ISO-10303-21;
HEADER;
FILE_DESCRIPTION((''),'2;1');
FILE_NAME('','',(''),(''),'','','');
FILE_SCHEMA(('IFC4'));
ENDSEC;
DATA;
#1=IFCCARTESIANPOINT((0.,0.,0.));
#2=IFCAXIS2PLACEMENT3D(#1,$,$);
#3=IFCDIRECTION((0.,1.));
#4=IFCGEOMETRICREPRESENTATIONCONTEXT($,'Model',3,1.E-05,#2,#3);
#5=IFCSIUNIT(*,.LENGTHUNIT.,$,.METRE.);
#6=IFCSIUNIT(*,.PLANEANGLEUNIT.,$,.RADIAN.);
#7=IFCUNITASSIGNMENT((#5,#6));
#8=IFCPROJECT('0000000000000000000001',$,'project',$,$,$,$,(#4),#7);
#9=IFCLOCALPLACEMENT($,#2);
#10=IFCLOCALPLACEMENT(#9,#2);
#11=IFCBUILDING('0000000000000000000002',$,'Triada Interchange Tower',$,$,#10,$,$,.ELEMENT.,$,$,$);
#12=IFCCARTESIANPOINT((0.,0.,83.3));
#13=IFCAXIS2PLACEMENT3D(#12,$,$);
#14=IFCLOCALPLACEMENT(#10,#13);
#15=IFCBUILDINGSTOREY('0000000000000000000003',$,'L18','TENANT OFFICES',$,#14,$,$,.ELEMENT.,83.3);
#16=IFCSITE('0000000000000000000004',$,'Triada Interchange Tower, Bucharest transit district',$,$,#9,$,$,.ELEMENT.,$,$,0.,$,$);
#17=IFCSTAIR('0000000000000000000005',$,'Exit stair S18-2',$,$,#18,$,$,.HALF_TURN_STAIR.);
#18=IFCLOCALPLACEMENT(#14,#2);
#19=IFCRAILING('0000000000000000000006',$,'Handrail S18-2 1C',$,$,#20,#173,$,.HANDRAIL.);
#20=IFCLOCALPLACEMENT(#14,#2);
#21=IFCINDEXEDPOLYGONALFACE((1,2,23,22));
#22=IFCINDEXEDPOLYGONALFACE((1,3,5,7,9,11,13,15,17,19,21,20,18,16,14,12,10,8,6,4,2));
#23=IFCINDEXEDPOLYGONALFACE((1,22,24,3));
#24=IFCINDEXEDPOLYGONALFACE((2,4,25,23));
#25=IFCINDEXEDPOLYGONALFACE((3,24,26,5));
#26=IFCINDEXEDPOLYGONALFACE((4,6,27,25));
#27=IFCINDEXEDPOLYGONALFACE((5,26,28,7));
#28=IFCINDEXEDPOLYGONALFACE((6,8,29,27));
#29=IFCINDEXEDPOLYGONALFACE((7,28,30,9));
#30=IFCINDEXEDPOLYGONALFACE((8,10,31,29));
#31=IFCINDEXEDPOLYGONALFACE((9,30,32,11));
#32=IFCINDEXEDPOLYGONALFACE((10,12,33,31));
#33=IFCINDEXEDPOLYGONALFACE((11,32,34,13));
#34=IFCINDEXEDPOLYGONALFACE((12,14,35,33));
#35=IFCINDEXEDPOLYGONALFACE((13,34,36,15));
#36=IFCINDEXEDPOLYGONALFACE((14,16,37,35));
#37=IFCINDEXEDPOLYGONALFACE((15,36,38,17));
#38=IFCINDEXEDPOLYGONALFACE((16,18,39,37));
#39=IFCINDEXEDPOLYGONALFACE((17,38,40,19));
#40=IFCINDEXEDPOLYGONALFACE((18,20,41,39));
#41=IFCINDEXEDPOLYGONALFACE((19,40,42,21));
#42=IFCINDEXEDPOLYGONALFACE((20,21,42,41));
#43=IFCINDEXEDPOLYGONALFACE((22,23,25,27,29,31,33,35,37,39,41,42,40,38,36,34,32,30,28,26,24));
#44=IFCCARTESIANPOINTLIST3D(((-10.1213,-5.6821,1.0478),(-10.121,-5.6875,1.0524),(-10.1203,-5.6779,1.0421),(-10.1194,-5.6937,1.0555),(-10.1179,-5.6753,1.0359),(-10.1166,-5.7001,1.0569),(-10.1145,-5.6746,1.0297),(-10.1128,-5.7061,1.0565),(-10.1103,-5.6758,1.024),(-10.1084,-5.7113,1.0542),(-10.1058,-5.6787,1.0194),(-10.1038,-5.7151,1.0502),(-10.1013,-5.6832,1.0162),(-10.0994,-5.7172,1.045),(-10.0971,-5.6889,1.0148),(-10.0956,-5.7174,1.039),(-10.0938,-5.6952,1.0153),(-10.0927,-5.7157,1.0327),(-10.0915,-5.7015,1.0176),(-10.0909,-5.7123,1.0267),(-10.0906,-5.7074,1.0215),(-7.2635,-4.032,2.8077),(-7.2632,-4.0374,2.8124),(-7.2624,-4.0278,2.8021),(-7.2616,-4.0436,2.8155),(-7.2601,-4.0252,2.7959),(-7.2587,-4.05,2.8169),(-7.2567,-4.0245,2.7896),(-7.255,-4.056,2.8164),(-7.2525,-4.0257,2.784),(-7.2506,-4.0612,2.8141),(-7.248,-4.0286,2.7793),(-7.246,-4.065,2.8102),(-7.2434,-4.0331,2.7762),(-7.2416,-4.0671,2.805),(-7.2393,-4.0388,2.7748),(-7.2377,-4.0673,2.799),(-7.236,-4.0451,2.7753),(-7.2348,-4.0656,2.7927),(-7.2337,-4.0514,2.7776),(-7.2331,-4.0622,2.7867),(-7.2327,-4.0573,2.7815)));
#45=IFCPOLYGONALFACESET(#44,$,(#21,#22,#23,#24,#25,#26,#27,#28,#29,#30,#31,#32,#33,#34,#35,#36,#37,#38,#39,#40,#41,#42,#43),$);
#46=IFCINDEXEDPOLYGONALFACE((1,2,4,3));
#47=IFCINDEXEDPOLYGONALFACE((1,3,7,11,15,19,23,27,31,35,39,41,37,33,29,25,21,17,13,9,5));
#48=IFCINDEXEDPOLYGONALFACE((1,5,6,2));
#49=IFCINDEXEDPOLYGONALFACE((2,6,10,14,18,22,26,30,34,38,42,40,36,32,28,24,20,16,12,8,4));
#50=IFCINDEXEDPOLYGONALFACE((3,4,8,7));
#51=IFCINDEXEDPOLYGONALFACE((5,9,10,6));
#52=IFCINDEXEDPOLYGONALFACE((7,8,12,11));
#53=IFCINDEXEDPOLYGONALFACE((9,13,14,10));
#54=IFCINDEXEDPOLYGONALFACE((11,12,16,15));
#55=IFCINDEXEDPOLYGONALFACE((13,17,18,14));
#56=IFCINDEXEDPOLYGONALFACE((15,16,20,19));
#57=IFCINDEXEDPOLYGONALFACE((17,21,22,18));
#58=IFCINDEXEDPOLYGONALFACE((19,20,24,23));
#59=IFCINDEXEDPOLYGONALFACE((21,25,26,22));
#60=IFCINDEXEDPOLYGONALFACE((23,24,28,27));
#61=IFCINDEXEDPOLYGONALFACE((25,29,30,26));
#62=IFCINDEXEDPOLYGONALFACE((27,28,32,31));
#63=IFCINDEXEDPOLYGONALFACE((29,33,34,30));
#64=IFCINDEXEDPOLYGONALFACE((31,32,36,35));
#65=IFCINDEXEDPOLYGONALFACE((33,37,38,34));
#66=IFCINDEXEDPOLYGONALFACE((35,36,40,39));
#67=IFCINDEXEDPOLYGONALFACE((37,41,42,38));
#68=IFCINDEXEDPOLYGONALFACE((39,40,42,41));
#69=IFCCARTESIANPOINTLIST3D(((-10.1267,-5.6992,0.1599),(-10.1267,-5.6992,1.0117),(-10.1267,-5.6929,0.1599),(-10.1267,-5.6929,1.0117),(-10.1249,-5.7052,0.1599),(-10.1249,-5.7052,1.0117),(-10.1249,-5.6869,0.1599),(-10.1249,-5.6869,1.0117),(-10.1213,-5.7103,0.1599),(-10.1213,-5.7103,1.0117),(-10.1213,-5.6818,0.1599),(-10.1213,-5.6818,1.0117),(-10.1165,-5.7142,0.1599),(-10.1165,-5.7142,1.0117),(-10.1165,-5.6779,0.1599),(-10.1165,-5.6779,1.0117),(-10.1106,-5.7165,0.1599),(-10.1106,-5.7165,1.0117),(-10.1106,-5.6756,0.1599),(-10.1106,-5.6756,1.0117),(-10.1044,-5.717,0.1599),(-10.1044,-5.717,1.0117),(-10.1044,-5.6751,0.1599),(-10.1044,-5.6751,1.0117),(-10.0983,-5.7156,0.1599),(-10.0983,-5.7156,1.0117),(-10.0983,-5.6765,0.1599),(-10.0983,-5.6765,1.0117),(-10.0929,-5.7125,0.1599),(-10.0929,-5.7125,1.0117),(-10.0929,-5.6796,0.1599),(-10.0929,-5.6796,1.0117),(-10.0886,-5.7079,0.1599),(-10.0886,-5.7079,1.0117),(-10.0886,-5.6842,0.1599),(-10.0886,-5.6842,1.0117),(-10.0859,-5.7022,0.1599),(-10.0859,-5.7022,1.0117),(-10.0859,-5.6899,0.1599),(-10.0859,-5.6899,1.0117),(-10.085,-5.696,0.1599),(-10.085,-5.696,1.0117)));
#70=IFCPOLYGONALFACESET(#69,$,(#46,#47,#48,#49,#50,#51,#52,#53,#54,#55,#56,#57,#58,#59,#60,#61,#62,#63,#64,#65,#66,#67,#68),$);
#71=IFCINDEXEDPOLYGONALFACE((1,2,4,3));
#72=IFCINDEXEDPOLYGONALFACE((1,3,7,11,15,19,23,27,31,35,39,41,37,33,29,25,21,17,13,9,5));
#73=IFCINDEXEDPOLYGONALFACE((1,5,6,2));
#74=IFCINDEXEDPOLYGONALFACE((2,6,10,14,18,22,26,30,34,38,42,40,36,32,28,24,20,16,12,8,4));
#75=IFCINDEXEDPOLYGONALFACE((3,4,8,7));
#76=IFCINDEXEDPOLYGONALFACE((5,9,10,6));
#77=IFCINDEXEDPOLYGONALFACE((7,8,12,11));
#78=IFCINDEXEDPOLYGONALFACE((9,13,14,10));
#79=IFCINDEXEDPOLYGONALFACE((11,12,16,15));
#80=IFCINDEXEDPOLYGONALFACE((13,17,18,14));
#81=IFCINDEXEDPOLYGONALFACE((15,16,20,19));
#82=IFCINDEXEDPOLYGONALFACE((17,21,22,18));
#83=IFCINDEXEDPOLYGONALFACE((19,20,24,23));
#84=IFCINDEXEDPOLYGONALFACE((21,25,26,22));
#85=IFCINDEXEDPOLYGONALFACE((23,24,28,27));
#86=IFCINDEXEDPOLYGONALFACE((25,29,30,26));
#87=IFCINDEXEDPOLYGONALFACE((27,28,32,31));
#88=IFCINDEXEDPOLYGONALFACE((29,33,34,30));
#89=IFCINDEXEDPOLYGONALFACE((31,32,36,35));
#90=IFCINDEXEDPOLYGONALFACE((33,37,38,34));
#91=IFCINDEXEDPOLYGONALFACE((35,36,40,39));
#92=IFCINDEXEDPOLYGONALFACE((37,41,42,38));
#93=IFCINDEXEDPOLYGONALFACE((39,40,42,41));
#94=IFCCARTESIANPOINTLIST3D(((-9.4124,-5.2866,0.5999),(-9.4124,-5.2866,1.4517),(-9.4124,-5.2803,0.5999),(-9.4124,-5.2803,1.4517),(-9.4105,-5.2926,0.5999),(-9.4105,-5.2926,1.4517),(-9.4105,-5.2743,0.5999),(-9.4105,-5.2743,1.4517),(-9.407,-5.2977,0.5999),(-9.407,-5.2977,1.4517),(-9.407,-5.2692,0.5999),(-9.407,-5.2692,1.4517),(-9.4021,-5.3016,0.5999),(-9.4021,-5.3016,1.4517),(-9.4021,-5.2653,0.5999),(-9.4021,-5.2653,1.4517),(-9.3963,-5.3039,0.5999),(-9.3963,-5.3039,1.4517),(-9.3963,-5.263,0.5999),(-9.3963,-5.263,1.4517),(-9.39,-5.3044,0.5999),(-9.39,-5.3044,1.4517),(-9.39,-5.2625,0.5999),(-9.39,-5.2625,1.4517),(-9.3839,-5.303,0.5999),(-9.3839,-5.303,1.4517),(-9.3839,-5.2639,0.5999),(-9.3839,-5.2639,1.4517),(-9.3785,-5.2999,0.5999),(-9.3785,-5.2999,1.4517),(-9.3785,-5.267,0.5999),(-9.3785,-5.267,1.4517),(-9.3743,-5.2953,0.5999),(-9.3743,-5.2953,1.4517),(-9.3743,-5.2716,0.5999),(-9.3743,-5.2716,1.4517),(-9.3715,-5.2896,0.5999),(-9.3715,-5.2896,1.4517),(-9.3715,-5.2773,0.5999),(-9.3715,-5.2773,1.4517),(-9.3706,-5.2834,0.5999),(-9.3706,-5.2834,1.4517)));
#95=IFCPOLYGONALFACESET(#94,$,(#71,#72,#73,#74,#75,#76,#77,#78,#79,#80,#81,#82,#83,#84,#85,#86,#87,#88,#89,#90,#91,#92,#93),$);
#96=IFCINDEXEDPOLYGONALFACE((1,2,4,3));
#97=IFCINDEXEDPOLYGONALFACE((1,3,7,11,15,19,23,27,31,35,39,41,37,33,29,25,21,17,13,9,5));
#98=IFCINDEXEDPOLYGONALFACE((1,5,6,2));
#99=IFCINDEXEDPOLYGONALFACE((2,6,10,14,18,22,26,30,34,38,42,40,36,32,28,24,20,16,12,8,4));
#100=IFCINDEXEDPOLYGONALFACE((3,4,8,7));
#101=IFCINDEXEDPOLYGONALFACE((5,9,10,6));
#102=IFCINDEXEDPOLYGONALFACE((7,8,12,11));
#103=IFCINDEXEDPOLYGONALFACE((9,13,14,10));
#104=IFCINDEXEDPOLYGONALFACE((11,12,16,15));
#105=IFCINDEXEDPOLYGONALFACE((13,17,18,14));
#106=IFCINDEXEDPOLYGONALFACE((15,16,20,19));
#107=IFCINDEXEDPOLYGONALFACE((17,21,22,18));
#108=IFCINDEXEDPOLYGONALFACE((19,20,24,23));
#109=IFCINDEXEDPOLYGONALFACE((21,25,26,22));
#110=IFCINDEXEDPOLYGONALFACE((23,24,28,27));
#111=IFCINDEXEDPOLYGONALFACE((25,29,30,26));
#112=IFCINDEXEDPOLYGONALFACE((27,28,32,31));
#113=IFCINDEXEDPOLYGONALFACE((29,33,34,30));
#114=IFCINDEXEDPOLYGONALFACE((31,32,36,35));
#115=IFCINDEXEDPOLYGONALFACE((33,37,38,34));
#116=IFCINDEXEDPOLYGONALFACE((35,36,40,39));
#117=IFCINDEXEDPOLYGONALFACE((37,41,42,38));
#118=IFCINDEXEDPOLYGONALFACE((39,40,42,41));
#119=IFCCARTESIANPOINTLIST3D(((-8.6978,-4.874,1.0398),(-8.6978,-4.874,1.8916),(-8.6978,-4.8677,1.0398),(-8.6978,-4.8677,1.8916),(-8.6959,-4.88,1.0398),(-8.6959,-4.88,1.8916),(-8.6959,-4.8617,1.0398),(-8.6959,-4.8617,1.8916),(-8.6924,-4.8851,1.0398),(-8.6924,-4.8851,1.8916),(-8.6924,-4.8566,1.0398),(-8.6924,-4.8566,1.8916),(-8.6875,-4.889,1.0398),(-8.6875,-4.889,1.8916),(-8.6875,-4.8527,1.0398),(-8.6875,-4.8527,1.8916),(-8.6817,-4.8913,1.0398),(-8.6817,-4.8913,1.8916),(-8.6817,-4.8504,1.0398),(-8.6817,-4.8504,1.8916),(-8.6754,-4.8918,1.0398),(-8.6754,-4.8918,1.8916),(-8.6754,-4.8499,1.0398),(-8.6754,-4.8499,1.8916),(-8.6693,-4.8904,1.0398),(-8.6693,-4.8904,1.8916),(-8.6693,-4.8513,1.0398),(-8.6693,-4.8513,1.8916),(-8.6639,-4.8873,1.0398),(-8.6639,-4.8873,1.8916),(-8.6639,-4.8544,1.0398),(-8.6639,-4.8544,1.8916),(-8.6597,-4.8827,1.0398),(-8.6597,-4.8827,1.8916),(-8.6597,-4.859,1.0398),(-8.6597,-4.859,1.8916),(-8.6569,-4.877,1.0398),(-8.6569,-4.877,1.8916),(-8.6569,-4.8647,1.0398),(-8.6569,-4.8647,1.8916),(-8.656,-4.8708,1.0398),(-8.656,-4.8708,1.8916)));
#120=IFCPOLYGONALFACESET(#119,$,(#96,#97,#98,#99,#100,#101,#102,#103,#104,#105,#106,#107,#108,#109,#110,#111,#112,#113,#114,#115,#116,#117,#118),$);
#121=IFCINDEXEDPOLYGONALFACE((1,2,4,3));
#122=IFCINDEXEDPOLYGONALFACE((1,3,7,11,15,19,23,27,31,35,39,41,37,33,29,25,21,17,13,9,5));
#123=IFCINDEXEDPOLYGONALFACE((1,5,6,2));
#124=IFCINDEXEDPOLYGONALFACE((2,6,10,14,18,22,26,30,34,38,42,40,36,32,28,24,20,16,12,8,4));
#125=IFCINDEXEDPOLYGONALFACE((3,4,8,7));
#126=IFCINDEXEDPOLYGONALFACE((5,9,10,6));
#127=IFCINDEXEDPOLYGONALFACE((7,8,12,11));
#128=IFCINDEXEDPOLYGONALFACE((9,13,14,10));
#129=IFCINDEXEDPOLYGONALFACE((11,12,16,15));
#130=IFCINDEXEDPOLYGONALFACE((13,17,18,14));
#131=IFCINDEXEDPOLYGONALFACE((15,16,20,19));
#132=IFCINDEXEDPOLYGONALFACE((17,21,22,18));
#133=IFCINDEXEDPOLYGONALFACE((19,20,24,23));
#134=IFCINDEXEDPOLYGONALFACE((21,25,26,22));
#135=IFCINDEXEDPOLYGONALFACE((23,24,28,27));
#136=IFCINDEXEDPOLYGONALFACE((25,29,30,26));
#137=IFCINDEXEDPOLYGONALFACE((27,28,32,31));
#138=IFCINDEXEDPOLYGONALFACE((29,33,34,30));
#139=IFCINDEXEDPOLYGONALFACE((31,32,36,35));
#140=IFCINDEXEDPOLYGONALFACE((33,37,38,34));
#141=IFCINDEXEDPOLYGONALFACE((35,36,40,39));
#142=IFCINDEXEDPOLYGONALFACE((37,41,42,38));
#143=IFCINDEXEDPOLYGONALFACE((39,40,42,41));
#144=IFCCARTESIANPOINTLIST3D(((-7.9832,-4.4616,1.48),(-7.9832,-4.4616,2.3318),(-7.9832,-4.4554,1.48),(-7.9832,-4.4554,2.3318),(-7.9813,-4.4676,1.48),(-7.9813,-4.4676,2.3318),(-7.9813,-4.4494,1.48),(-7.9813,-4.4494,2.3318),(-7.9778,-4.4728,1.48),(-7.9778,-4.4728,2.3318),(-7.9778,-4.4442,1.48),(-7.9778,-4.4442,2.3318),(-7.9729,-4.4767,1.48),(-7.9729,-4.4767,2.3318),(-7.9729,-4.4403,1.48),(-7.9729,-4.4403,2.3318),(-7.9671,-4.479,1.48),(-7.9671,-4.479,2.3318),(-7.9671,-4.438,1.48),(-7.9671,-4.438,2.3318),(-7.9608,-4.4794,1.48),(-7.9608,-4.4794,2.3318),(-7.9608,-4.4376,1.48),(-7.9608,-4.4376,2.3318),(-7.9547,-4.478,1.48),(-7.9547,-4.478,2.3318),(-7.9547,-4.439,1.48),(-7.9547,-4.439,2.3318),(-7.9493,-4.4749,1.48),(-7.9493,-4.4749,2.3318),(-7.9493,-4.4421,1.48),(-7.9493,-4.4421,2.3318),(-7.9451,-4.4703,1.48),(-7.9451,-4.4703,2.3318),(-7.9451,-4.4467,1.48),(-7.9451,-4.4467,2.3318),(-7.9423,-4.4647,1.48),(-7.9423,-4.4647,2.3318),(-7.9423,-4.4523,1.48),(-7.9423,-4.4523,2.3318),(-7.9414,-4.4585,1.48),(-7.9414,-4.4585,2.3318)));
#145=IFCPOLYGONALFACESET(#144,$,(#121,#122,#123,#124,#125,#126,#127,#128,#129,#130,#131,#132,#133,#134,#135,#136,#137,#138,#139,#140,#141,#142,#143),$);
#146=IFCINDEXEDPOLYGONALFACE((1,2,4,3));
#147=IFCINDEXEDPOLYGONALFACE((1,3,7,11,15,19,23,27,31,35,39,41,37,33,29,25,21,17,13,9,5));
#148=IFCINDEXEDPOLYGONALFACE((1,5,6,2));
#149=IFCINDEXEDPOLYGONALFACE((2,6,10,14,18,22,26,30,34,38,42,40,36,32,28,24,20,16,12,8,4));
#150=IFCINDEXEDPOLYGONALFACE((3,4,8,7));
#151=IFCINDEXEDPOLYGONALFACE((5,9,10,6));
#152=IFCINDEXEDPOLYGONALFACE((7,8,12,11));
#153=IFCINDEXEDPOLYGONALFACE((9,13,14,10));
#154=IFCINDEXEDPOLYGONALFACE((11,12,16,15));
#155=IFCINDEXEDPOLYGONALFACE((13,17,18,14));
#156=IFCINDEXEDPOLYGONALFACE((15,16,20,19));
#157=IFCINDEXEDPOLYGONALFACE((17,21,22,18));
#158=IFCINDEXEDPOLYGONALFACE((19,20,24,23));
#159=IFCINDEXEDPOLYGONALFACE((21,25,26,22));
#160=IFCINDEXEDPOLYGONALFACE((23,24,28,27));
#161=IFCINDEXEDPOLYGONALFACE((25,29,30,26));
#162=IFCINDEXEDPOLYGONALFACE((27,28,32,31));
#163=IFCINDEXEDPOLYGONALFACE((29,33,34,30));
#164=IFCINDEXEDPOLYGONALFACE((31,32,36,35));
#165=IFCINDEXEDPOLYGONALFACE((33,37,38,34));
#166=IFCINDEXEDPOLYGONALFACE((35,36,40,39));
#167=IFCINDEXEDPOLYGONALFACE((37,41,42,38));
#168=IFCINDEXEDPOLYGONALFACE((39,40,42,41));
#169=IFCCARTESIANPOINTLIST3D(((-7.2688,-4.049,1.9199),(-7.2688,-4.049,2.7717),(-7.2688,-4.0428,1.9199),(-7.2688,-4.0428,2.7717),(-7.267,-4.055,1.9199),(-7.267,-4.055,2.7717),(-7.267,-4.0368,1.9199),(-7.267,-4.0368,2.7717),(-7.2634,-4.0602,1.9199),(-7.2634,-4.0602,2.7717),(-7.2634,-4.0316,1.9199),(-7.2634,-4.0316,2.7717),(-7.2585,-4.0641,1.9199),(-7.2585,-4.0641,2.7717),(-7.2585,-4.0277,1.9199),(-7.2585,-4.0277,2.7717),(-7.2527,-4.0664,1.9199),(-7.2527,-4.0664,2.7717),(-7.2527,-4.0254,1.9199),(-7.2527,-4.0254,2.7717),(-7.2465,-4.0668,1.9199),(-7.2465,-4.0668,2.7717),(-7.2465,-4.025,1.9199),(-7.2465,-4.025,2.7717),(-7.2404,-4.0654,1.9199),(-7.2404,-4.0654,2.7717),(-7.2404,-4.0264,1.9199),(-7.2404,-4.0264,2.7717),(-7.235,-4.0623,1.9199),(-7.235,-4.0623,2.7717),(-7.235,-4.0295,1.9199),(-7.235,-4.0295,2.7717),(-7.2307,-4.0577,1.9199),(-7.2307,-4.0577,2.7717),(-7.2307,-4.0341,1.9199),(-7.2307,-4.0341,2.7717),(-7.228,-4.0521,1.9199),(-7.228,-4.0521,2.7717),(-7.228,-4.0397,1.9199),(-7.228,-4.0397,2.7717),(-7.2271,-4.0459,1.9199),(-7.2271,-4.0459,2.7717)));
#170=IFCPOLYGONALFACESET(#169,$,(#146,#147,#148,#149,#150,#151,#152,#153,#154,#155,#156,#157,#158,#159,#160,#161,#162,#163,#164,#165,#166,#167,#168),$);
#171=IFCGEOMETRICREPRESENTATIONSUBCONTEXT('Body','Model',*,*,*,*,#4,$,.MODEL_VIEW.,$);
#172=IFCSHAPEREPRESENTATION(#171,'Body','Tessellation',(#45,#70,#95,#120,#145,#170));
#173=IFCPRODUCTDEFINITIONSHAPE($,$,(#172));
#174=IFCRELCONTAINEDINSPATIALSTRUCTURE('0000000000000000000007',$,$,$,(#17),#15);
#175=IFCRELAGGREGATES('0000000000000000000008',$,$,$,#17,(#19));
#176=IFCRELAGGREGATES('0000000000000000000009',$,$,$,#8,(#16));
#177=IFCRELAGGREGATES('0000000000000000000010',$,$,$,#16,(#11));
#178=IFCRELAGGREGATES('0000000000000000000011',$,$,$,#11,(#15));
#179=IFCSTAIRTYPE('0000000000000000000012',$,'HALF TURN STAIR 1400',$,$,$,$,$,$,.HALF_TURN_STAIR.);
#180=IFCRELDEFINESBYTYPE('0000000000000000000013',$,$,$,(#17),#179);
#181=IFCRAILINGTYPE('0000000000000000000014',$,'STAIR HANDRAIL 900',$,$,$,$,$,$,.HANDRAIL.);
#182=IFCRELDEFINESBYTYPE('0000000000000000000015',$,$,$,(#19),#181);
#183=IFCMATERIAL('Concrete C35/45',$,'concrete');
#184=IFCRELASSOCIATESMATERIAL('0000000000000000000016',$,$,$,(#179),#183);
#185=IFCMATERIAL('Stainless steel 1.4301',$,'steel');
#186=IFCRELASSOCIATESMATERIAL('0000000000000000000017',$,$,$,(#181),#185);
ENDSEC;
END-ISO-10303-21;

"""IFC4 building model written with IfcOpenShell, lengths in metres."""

from ifc_helpers import new_model, si_unit, direction, frame, origin, origin_2d, place, context, subcontext, project, spatial, circle, extrude, material, type_object, element, aggregate, save


model = new_model("IFC4")

# Units and contexts
model_context = context("Model", 3, precision=1e-05, world=origin(), true_north=direction((0.0, 1.0)))
body_context = subcontext(model_context, "Body", "Model", "MODEL_VIEW")
ifc_project = project(units=[si_unit("LENGTHUNIT", "METRE"), si_unit("PLANEANGLEUNIT", "RADIAN")], contexts=[model_context])

# Site, building, storey
site_placement = place(None, origin())
site = spatial("IfcSite", under=ifc_project, at=site_placement, Name="Triada Interchange Tower, Bucharest transit district", CompositionType="ELEMENT", RefElevation=0.0)
building_placement = place(site_placement, origin())
building = spatial("IfcBuilding", under=site, at=building_placement, Name="Triada Interchange Tower", CompositionType="ELEMENT")
storey_placement = place(building_placement, frame((0.0, 0.0, 83.3)))
storey = spatial("IfcBuildingStorey", under=building, at=storey_placement, Name="L18", Description="TENANT OFFICES", CompositionType="ELEMENT", Elevation=83.3)

# Stair
ifc_material_1 = material(Name="Concrete C35/45", Category="concrete")
stair_type = type_object("IfcStairType", Name="HALF TURN STAIR 1400", PredefinedType="HALF_TURN_STAIR", material=ifc_material_1)
stair_placement = place(storey_placement, origin())
stair = element("IfcStair", 1, at=stair_placement, inside=storey, type_object=stair_type, Name="Exit stair S18-2", PredefinedType="HALF_TURN_STAIR")

# Railing
ifc_material_2 = material(Name="Stainless steel 1.4301", Category="steel")
railing_type = type_object("IfcRailingType", Name="STAIR HANDRAIL 900", PredefinedType="HANDRAIL", material=ifc_material_2)
railing_1_placement = place(storey_placement, frame((-10.106, -5.696, 0.1599)))
railing_1 = element("IfcRailing", 2, at=railing_1_placement, type_object=railing_type, Name="Handrail S18-2 1C", PredefinedType="HANDRAIL", context=body_context, shape_type="SweptSolid", body=[
    extrude(circle(Radius=0.0239, at=origin_2d()), frame((0.0, 0.0, 0.876), z_axis=(0.764129, 0.441205, 0.47058), x_axis=(-0.50003, 0.866008, 0.0)), (0.0, 0.0, 1.0), 3.74),
    extrude(circle(Radius=0.021, at=origin_2d()), origin(), (0.0, 0.0, 1.0), 0.8518),
    extrude(circle(Radius=0.021, at=origin_2d()), frame((0.7144, 0.4126, 0.4399)), (0.0, 0.0, 1.0), 0.8518),
    extrude(circle(Radius=0.021, at=origin_2d()), frame((1.429, 0.8252, 0.8799)), (0.0, 0.0, 1.0), 0.8518),
    extrude(circle(Radius=0.021, at=origin_2d()), frame((2.1436, 1.2375, 1.3201)), (0.0, 0.0, 1.0), 0.8518),
    extrude(circle(Radius=0.021, at=origin_2d()), frame((2.8579, 1.6501, 1.76)), (0.0, 0.0, 1.0), 0.8518),
])
aggregate(stair, [railing_1])

save(model, "model.ifc")
